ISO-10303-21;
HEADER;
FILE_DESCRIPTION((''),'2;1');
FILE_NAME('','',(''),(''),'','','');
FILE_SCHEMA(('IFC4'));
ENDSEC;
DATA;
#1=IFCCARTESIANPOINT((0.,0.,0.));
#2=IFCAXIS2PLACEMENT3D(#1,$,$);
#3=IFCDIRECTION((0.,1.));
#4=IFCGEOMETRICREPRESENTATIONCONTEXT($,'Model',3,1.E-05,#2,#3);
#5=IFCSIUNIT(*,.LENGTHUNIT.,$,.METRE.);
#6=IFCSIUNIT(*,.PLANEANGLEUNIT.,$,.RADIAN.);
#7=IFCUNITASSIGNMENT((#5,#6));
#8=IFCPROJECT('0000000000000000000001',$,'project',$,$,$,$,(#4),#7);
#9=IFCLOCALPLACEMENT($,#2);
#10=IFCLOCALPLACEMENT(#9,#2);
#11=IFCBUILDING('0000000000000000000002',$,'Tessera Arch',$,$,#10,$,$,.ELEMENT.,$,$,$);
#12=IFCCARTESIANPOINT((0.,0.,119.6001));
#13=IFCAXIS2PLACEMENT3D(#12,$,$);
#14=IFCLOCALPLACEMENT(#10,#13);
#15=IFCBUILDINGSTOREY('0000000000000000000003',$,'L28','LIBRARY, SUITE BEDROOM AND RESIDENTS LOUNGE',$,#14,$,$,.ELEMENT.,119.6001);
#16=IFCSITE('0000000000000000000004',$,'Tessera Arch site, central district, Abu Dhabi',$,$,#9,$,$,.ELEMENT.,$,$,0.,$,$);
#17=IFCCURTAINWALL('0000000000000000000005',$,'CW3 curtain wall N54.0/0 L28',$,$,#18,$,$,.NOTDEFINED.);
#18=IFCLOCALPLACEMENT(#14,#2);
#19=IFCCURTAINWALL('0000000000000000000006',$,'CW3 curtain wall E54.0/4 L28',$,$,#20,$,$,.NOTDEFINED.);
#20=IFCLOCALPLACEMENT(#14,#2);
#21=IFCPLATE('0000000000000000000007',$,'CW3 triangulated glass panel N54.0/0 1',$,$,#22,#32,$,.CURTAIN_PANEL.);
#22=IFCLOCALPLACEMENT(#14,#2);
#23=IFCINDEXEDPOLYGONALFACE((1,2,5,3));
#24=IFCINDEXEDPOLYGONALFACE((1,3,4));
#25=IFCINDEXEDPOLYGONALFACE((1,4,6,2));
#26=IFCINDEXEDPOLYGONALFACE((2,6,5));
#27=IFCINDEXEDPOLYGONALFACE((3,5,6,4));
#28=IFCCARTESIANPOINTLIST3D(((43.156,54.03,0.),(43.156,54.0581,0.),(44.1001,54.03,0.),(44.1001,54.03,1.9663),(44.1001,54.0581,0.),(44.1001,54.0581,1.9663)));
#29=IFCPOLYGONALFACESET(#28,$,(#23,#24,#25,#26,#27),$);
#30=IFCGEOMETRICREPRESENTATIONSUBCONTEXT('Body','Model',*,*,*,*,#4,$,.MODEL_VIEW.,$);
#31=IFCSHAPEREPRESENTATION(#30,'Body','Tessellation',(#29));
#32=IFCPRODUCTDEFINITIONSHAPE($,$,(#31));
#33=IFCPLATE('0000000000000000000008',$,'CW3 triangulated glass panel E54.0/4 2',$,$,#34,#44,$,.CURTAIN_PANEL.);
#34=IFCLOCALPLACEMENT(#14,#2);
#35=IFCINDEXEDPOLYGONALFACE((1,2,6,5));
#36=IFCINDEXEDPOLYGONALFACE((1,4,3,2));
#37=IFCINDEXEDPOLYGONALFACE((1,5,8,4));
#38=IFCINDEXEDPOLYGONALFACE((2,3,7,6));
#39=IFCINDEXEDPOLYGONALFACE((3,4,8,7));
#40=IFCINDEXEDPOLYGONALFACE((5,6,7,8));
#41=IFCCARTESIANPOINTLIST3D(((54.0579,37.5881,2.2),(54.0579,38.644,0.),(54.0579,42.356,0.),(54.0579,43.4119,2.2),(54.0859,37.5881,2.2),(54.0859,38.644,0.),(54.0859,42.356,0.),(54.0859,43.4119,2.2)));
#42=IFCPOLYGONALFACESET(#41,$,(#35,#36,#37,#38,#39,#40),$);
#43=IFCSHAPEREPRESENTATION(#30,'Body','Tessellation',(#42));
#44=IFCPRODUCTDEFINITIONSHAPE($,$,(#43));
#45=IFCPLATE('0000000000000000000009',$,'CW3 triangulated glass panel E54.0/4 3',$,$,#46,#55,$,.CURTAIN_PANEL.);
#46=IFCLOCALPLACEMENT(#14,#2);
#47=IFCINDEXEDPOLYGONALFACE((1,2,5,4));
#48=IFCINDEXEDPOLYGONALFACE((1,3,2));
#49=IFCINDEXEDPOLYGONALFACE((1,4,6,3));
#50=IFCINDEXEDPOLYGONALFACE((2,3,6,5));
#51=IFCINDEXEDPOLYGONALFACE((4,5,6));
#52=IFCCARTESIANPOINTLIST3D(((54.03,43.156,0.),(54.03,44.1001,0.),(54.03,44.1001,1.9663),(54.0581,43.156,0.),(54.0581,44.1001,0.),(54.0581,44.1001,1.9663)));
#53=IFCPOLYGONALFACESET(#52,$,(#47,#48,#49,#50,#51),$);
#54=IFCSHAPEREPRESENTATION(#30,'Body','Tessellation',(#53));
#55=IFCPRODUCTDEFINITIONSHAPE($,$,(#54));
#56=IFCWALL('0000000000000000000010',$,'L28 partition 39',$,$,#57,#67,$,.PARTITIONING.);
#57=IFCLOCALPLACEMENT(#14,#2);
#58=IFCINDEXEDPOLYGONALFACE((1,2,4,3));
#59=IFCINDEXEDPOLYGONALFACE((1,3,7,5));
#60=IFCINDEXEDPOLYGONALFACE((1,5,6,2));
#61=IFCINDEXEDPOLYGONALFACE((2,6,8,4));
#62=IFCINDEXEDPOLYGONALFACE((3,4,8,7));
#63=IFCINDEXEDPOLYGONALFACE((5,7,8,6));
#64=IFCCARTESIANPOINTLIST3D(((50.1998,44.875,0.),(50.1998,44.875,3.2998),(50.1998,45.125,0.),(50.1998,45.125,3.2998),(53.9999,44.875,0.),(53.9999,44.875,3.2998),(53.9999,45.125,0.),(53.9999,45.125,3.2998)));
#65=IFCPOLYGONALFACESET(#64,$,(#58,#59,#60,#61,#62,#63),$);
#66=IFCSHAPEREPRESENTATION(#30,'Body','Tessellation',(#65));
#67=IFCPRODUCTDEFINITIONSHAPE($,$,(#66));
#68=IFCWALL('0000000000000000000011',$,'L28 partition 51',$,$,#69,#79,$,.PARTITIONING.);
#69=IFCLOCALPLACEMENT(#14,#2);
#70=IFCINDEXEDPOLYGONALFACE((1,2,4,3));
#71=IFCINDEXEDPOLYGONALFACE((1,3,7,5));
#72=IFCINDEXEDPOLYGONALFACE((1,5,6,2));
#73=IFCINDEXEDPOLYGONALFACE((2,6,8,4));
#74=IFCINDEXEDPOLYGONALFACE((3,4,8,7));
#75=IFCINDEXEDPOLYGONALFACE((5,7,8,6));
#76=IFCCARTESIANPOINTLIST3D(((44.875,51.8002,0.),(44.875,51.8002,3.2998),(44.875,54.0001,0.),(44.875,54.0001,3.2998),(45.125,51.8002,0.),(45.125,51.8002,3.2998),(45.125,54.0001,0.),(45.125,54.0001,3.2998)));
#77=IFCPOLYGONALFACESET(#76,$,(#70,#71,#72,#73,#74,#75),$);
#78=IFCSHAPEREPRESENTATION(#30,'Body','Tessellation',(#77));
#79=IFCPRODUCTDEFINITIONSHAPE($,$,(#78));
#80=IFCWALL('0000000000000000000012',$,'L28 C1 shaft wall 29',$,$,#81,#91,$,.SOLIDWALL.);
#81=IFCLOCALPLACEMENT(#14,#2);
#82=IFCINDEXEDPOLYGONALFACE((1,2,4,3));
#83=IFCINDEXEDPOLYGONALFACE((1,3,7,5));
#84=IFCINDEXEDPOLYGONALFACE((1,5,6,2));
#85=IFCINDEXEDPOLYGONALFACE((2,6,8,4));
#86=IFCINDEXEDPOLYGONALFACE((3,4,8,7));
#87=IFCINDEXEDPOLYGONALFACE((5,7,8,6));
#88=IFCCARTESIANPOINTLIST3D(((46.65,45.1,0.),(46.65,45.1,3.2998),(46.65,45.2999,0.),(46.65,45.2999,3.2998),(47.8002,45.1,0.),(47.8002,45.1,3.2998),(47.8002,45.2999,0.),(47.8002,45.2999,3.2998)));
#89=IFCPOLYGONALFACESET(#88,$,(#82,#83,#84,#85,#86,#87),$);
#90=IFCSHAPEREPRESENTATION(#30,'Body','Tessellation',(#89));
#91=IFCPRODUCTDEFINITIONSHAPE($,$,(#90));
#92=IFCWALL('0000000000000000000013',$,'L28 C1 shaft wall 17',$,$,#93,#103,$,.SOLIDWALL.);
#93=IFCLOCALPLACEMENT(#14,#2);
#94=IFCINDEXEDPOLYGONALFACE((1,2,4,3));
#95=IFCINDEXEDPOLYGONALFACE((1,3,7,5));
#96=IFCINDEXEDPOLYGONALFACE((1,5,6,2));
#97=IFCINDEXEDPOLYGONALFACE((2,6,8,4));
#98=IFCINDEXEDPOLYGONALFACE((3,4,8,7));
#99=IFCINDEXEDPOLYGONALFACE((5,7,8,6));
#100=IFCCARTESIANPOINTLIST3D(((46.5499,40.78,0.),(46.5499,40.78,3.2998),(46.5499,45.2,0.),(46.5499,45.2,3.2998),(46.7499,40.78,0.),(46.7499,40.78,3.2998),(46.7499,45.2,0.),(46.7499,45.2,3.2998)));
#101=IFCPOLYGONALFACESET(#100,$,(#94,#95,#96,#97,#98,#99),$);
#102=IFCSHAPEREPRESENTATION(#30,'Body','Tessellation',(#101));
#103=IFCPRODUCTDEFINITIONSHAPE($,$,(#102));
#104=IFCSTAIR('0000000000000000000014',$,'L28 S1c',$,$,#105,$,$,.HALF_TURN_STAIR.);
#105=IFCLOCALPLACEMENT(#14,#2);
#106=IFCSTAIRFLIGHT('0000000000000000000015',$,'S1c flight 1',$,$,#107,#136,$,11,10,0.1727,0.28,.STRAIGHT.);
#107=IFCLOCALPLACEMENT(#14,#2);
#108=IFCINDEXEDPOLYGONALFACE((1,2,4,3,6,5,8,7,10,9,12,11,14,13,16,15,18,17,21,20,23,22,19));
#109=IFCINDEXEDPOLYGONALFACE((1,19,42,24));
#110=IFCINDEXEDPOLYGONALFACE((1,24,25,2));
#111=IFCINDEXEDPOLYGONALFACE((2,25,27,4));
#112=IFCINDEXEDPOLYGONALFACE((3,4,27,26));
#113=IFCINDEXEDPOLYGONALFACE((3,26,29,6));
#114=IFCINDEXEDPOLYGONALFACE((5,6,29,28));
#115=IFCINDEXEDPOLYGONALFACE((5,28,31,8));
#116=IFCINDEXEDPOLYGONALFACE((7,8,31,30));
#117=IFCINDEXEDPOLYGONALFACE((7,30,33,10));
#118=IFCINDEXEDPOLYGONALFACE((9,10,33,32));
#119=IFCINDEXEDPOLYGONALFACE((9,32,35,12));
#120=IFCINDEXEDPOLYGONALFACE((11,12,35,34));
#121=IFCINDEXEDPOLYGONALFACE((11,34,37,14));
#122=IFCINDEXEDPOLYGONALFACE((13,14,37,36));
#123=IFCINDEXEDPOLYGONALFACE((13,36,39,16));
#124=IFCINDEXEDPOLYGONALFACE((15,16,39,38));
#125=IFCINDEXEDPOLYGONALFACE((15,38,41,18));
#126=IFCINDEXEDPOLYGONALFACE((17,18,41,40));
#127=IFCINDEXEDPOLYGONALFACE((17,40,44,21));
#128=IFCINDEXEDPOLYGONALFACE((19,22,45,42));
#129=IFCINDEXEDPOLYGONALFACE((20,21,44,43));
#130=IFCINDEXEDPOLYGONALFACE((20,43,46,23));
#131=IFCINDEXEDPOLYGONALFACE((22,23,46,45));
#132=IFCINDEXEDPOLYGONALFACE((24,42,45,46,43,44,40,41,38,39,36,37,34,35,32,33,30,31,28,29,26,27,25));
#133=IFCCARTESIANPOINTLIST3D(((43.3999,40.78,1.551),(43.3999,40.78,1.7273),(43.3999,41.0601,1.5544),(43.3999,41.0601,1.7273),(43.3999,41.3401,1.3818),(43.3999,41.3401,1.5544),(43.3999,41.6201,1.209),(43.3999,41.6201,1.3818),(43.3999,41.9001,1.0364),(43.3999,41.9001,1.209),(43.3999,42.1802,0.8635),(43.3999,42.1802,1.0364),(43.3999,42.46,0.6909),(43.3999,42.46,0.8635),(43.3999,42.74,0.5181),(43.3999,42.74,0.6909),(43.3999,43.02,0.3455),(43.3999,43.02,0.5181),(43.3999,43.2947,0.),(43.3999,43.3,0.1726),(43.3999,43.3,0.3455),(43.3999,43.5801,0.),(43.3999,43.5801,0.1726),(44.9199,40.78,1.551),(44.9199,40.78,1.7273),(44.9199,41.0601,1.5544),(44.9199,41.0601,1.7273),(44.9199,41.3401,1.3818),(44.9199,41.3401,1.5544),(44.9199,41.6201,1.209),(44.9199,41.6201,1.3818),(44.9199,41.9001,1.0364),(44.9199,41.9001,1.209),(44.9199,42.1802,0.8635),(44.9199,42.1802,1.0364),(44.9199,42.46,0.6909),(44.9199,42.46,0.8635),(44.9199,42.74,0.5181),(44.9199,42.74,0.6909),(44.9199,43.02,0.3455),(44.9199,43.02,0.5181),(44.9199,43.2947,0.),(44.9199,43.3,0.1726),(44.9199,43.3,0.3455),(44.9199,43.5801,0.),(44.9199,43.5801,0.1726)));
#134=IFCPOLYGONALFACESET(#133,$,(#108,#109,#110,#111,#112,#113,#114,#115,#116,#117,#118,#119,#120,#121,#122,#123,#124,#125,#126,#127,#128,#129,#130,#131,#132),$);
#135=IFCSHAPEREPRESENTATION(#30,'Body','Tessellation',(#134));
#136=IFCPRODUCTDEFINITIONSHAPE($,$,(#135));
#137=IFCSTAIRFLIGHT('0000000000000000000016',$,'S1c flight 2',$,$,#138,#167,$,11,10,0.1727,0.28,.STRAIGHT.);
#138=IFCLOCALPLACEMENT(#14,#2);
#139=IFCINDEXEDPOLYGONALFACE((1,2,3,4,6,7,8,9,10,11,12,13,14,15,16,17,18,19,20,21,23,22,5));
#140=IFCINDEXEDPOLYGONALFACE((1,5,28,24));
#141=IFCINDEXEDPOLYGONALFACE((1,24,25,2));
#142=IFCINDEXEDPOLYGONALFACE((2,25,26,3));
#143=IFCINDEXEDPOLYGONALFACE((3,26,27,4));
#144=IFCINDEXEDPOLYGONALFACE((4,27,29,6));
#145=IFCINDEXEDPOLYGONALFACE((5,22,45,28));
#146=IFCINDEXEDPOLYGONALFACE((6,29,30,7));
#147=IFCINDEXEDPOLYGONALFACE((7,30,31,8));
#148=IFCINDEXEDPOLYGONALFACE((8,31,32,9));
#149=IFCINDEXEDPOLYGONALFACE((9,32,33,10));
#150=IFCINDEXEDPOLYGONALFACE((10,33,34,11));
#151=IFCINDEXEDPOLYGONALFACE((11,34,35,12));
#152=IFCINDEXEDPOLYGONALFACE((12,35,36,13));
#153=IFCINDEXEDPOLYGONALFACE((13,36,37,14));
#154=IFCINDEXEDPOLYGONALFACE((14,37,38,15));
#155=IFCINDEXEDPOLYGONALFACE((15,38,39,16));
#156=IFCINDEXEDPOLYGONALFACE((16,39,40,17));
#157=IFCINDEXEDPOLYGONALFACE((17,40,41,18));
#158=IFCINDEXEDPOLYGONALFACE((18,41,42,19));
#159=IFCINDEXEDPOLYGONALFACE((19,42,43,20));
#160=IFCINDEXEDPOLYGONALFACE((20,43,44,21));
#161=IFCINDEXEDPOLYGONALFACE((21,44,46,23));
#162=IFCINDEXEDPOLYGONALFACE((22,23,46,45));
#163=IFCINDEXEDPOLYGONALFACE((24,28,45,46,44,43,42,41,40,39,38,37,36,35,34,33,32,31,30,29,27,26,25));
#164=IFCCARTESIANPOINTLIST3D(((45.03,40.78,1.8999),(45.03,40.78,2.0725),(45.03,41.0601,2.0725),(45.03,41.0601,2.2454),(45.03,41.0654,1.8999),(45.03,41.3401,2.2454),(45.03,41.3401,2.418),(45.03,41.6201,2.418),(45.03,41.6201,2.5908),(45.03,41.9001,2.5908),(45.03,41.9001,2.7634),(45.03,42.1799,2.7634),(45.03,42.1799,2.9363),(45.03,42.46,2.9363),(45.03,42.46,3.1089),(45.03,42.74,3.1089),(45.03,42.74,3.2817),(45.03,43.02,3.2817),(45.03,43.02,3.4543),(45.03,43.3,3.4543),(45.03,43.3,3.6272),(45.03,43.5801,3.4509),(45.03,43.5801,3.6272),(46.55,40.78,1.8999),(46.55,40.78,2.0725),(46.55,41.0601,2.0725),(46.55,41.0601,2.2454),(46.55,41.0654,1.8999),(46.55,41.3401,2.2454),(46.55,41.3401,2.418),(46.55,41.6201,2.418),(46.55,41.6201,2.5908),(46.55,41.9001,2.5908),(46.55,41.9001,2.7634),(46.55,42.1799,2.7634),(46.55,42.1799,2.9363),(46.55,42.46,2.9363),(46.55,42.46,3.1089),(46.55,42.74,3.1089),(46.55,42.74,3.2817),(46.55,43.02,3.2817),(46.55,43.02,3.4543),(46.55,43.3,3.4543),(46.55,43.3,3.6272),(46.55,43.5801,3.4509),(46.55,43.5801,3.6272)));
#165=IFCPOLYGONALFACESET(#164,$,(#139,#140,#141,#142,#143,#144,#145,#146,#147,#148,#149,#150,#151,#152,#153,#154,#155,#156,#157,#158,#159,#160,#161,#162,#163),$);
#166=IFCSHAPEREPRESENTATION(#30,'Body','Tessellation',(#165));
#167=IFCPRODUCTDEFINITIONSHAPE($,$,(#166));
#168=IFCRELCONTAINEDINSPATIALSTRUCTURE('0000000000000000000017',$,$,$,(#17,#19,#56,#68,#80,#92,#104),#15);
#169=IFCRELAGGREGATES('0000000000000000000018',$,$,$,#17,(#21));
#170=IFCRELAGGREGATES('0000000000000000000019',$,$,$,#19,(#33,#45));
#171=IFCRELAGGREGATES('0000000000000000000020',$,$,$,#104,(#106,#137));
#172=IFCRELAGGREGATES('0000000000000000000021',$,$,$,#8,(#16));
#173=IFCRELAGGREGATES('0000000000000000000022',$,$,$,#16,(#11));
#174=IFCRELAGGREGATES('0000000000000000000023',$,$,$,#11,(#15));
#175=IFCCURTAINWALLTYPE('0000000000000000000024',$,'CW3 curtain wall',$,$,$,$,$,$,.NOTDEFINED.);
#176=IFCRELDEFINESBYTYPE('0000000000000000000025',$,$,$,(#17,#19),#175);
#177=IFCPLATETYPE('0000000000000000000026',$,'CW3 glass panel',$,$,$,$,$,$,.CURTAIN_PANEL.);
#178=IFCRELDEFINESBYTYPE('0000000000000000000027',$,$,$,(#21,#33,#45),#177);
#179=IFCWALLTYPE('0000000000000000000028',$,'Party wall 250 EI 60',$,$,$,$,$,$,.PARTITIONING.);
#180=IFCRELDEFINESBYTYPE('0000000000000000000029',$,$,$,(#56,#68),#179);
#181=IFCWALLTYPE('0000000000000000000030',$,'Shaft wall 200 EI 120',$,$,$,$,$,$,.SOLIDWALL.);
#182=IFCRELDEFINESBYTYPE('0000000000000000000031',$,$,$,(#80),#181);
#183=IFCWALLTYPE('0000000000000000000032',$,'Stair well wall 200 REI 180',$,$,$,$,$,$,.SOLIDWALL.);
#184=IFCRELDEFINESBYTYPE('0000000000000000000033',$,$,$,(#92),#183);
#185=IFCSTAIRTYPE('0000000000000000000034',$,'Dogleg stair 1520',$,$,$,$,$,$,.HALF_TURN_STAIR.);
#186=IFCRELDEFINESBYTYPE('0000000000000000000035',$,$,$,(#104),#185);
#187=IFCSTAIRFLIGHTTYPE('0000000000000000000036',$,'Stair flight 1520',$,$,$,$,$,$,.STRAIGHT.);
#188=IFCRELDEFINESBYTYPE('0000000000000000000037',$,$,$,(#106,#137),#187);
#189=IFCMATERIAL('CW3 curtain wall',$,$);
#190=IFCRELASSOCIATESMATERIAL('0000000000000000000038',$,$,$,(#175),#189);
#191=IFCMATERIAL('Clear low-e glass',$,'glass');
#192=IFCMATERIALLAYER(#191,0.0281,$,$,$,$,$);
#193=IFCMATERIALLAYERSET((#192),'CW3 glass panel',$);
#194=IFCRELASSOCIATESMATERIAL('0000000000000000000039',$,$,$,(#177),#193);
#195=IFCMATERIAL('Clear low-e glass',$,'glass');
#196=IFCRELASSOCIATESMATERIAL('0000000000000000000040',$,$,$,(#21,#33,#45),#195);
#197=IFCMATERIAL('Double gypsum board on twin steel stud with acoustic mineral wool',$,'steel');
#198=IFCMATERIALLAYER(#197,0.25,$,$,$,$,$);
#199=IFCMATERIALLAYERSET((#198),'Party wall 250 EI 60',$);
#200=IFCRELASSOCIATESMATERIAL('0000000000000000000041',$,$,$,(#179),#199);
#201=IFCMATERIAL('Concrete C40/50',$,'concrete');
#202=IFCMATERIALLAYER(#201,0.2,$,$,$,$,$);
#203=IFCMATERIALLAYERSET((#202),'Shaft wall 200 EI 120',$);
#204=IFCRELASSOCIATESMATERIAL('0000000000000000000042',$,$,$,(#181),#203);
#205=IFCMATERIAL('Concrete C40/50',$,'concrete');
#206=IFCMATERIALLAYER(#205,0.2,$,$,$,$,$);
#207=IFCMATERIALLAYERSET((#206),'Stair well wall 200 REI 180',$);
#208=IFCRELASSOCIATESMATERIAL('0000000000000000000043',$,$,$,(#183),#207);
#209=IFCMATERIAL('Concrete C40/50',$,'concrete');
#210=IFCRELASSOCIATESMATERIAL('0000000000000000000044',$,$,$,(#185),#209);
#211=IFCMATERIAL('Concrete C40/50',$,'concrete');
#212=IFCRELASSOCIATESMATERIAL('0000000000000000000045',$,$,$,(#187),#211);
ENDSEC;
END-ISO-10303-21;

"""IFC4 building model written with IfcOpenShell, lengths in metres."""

from ifc_helpers import new_model, si_unit, direction, frame, frame_2d, origin, place, context, subcontext, project, spatial, polyline, rectangle, outline, extrude, material, layer, layer_set, type_object, element, aggregate, save


model = new_model("IFC4")

# Units and contexts
model_context = context("Model", 3, precision=1e-05, world=origin(), true_north=direction((0.0, 1.0)))
body_context = subcontext(model_context, "Body", "Model", "MODEL_VIEW")
ifc_project = project(units=[si_unit("LENGTHUNIT", "METRE"), si_unit("PLANEANGLEUNIT", "RADIAN")], contexts=[model_context])

# Site, building, storey
site_placement = place(None, origin())
site = spatial("IfcSite", under=ifc_project, at=site_placement, Name="Tessera Arch site, central district, Abu Dhabi", CompositionType="ELEMENT", RefElevation=0.0)
building_placement = place(site_placement, origin())
building = spatial("IfcBuilding", under=site, at=building_placement, Name="Tessera Arch", CompositionType="ELEMENT")
storey_placement = place(building_placement, frame((0.0, 0.0, 119.6001)))
storey = spatial("IfcBuildingStorey", under=building, at=storey_placement, Name="L28", Description="LIBRARY, SUITE BEDROOM AND RESIDENTS LOUNGE", CompositionType="ELEMENT", Elevation=119.6001)

# Curtain wall
ifc_material_1 = material(Name="CW3 curtain wall")
curtain_wall_type_1 = type_object("IfcCurtainWallType", Name="CW3 curtain wall", PredefinedType="NOTDEFINED", material=ifc_material_1)
curtain_wall_1_placement = place(storey_placement, origin())
curtain_wall_1 = element("IfcCurtainWall", 1, at=curtain_wall_1_placement, inside=storey, type_object=curtain_wall_type_1, Name="CW3 curtain wall N54.0/0 L28", PredefinedType="NOTDEFINED")

# Shared definitions
ifc_material_2 = material(Name="Clear low-e glass", Category="glass")

# Curtain wall
curtain_wall_2_placement = place(storey_placement, origin())
curtain_wall_2 = element("IfcCurtainWall", 2, at=curtain_wall_2_placement, inside=storey, type_object=curtain_wall_type_1, Name="CW3 curtain wall E54.0/4 L28", PredefinedType="NOTDEFINED")

# Plates
ifc_material_3 = material(Name="Clear low-e glass", Category="glass")
ifc_layer_1 = layer(ifc_material_3, 0.0281)
ifc_layer_set_1 = layer_set([ifc_layer_1], Name="CW3 glass panel")
plate_type_1 = type_object("IfcPlateType", Name="CW3 glass panel", PredefinedType="CURTAIN_PANEL", material=ifc_layer_set_1)
plate_1_placement = place(storey_placement, frame((44.1001, 54.0581, 0.0), z_axis=(0.0, 1.0, 0.0), x_axis=(-1.0, 0.0, 0.0)))
plate_1 = element("IfcPlate", 3, at=plate_1_placement, type_object=plate_type_1, material=ifc_material_2, Name="CW3 triangulated glass panel N54.0/0 1", PredefinedType="CURTAIN_PANEL", context=body_context, shape_type="SweptSolid", body=[
    extrude(outline(polyline([(0.0, 0.0), (0.9441, 0.0), (0.0, 1.9663), (0.0, 0.0)])), origin(), (0.0, 0.0, -1.0), 0.0281),
])
aggregate(curtain_wall_1, [plate_1])
plate_2_placement = place(storey_placement, frame((54.0859, 43.4119, 2.2), z_axis=(1.0, 0.0, 0.0), x_axis=(0.0, -1.0, 0.0)))
plate_2 = element("IfcPlate", 4, at=plate_2_placement, type_object=plate_type_1, material=ifc_material_2, Name="CW3 triangulated glass panel E54.0/4 2", PredefinedType="CURTAIN_PANEL", context=body_context, shape_type="SweptSolid", body=[
    extrude(outline(polyline([(0.0, 0.0), (5.8237, 0.0), (4.7678, 2.2), (1.0559, 2.2), (0.0, 0.0)])), origin(), (0.0, 0.0, -1.0), 0.0281),
])
plate_3_placement = place(storey_placement, frame((54.0581, 44.1001, 0.0), z_axis=(1.0, 0.0, 0.0), x_axis=(0.0, 0.0, 1.0)))
plate_3 = element("IfcPlate", 5, at=plate_3_placement, type_object=plate_type_1, material=ifc_material_2, Name="CW3 triangulated glass panel E54.0/4 3", PredefinedType="CURTAIN_PANEL", context=body_context, shape_type="SweptSolid", body=[
    extrude(outline(polyline([(0.0, 0.0), (1.9663, 0.0), (0.0, 0.9441), (0.0, 0.0)])), origin(), (0.0, 0.0, -1.0), 0.0281),
])
aggregate(curtain_wall_2, [plate_2, plate_3])

# Walls
ifc_material_4 = material(Name="Double gypsum board on twin steel stud with acoustic mineral wool", Category="steel")
ifc_layer_2 = layer(ifc_material_4, 0.25)
ifc_layer_set_2 = layer_set([ifc_layer_2], Name="Party wall 250 EI 60")
wall_type_1 = type_object("IfcWallType", Name="Party wall 250 EI 60", PredefinedType="PARTITIONING", material=ifc_layer_set_2)
wall_1_placement = place(storey_placement, frame((50.2, 45.0, 0.0), z_axis=(0.0, 0.0, 1.0), x_axis=(1.0, 0.0, 0.0)))
element("IfcWall", 6, at=wall_1_placement, inside=storey, type_object=wall_type_1, Name="L28 partition 39", PredefinedType="PARTITIONING", context=body_context, shape_type="SweptSolid", body=[
    extrude(rectangle(XDim=3.8, YDim=0.25, at=frame_2d((1.8999, 0.0))), origin(), (0.0, 0.0, 1.0), 3.2998),
])
wall_2_placement = place(storey_placement, frame((45.0, 51.8, 0.0), z_axis=(0.0, 0.0, 1.0), x_axis=(0.0, 1.0, 0.0)))
element("IfcWall", 7, at=wall_2_placement, inside=storey, type_object=wall_type_1, Name="L28 partition 51", PredefinedType="PARTITIONING", context=body_context, shape_type="SweptSolid", body=[
    extrude(rectangle(XDim=2.2, YDim=0.25, at=frame_2d((1.1001, 0.0))), origin(), (0.0, 0.0, 1.0), 3.2998),
])
ifc_material_5 = material(Name="Concrete C40/50", Category="concrete")
ifc_layer_3 = layer(ifc_material_5, 0.2)
ifc_layer_set_3 = layer_set([ifc_layer_3], Name="Shaft wall 200 EI 120")
wall_type_2 = type_object("IfcWallType", Name="Shaft wall 200 EI 120", PredefinedType="SOLIDWALL", material=ifc_layer_set_3)
wall_3_placement = place(storey_placement, frame((46.6499, 45.2, 0.0), z_axis=(0.0, 0.0, 1.0), x_axis=(1.0, 0.0, 0.0)))
element("IfcWall", 8, at=wall_3_placement, inside=storey, type_object=wall_type_2, Name="L28 C1 shaft wall 29", PredefinedType="SOLIDWALL", context=body_context, shape_type="SweptSolid", body=[
    extrude(rectangle(XDim=1.1501, YDim=0.2, at=frame_2d((0.5752, 0.0))), origin(), (0.0, 0.0, 1.0), 3.2998),
])
ifc_material_6 = material(Name="Concrete C40/50", Category="concrete")
ifc_layer_4 = layer(ifc_material_6, 0.2)
ifc_layer_set_4 = layer_set([ifc_layer_4], Name="Stair well wall 200 REI 180")
wall_type_3 = type_object("IfcWallType", Name="Stair well wall 200 REI 180", PredefinedType="SOLIDWALL", material=ifc_layer_set_4)
wall_4_placement = place(storey_placement, frame((46.6499, 40.78, 0.0), z_axis=(0.0, 0.0, 1.0), x_axis=(0.0, 1.0, 0.0)))
element("IfcWall", 9, at=wall_4_placement, inside=storey, type_object=wall_type_3, Name="L28 C1 shaft wall 17", PredefinedType="SOLIDWALL", context=body_context, shape_type="SweptSolid", body=[
    extrude(rectangle(XDim=4.4199, YDim=0.2, at=frame_2d((2.21, 0.0))), origin(), (0.0, 0.0, 1.0), 3.2998),
])

# Stair, stair flights
ifc_material_7 = material(Name="Concrete C40/50", Category="concrete")
stair_type = type_object("IfcStairType", Name="Dogleg stair 1520", PredefinedType="HALF_TURN_STAIR", material=ifc_material_7)
stair_placement = place(storey_placement, origin())
stair = element("IfcStair", 10, at=stair_placement, inside=storey, type_object=stair_type, Name="L28 S1c", PredefinedType="HALF_TURN_STAIR")
ifc_material_8 = material(Name="Concrete C40/50", Category="concrete")
stair_flight_type = type_object("IfcStairFlightType", Name="Stair flight 1520", PredefinedType="STRAIGHT", material=ifc_material_8)
stair_flight_1_placement = place(storey_placement, frame((44.1599, 43.5801, 0.0), z_axis=(0.0, 0.0, 1.0), x_axis=(0.0, -1.0, 0.0)))
stair_flight_1 = element("IfcStairFlight", 11, at=stair_flight_1_placement, type_object=stair_flight_type, Name="S1c flight 1", NumberOfRisers=11, NumberOfTreads=10, PredefinedType="STRAIGHT", RiserHeight=0.1727, TreadLength=0.28, context=body_context, shape_type="SweptSolid", body=[
    extrude(outline(polyline([(0.0, 0.0), (0.0, 0.1726), (0.28, 0.1726), (0.28, 0.3455), (0.5601, 0.3455), (0.5601, 0.5181), (0.8401, 0.5181), (0.8401, 0.6909), (1.1201, 0.6909), (1.1201, 0.8635), (1.3999, 0.8635), (1.3999, 1.0364), (1.6799, 1.0364), (1.6799, 1.209), (1.96, 1.209), (1.96, 1.3818), (2.24, 1.3818), (2.24, 1.5544), (2.52, 1.5544), (2.52, 1.7273), (2.8, 1.7273), (2.8, 1.8999), (2.8, 1.551), (0.2854, 0.0), (0.0, 0.0)])), frame((0.0, 0.76, 0.0), z_axis=(0.0, -1.0, 0.0), x_axis=(1.0, 0.0, 0.0)), (0.0, 0.0, 1.0), 1.52),
])
stair_flight_2_placement = place(storey_placement, frame((45.79, 40.78, 1.8999), z_axis=(0.0, 0.0, 1.0), x_axis=(0.0, 1.0, 0.0)))
stair_flight_2 = element("IfcStairFlight", 12, at=stair_flight_2_placement, type_object=stair_flight_type, Name="S1c flight 2", NumberOfRisers=11, NumberOfTreads=10, PredefinedType="STRAIGHT", RiserHeight=0.1727, TreadLength=0.28, context=body_context, shape_type="SweptSolid", body=[
    extrude(outline(polyline([(0.0, 0.0), (0.0, 0.1726), (0.28, 0.1726), (0.28, 0.3455), (0.5601, 0.3455), (0.5601, 0.5181), (0.8401, 0.5181), (0.8401, 0.6909), (1.1201, 0.6909), (1.1201, 0.8635), (1.3999, 0.8635), (1.3999, 1.0364), (1.6799, 1.0364), (1.6799, 1.209), (1.96, 1.209), (1.96, 1.3818), (2.24, 1.3818), (2.24, 1.5544), (2.52, 1.5544), (2.52, 1.7273), (2.8, 1.7273), (2.8, 1.8999), (2.8, 1.551), (0.2854, 0.0), (0.0, 0.0)])), frame((0.0, 0.76, 0.0), z_axis=(0.0, -1.0, 0.0), x_axis=(1.0, 0.0, 0.0)), (0.0, 0.0, 1.0), 1.52),
])
aggregate(stair, [stair_flight_1, stair_flight_2])

save(model, "model.ifc")
